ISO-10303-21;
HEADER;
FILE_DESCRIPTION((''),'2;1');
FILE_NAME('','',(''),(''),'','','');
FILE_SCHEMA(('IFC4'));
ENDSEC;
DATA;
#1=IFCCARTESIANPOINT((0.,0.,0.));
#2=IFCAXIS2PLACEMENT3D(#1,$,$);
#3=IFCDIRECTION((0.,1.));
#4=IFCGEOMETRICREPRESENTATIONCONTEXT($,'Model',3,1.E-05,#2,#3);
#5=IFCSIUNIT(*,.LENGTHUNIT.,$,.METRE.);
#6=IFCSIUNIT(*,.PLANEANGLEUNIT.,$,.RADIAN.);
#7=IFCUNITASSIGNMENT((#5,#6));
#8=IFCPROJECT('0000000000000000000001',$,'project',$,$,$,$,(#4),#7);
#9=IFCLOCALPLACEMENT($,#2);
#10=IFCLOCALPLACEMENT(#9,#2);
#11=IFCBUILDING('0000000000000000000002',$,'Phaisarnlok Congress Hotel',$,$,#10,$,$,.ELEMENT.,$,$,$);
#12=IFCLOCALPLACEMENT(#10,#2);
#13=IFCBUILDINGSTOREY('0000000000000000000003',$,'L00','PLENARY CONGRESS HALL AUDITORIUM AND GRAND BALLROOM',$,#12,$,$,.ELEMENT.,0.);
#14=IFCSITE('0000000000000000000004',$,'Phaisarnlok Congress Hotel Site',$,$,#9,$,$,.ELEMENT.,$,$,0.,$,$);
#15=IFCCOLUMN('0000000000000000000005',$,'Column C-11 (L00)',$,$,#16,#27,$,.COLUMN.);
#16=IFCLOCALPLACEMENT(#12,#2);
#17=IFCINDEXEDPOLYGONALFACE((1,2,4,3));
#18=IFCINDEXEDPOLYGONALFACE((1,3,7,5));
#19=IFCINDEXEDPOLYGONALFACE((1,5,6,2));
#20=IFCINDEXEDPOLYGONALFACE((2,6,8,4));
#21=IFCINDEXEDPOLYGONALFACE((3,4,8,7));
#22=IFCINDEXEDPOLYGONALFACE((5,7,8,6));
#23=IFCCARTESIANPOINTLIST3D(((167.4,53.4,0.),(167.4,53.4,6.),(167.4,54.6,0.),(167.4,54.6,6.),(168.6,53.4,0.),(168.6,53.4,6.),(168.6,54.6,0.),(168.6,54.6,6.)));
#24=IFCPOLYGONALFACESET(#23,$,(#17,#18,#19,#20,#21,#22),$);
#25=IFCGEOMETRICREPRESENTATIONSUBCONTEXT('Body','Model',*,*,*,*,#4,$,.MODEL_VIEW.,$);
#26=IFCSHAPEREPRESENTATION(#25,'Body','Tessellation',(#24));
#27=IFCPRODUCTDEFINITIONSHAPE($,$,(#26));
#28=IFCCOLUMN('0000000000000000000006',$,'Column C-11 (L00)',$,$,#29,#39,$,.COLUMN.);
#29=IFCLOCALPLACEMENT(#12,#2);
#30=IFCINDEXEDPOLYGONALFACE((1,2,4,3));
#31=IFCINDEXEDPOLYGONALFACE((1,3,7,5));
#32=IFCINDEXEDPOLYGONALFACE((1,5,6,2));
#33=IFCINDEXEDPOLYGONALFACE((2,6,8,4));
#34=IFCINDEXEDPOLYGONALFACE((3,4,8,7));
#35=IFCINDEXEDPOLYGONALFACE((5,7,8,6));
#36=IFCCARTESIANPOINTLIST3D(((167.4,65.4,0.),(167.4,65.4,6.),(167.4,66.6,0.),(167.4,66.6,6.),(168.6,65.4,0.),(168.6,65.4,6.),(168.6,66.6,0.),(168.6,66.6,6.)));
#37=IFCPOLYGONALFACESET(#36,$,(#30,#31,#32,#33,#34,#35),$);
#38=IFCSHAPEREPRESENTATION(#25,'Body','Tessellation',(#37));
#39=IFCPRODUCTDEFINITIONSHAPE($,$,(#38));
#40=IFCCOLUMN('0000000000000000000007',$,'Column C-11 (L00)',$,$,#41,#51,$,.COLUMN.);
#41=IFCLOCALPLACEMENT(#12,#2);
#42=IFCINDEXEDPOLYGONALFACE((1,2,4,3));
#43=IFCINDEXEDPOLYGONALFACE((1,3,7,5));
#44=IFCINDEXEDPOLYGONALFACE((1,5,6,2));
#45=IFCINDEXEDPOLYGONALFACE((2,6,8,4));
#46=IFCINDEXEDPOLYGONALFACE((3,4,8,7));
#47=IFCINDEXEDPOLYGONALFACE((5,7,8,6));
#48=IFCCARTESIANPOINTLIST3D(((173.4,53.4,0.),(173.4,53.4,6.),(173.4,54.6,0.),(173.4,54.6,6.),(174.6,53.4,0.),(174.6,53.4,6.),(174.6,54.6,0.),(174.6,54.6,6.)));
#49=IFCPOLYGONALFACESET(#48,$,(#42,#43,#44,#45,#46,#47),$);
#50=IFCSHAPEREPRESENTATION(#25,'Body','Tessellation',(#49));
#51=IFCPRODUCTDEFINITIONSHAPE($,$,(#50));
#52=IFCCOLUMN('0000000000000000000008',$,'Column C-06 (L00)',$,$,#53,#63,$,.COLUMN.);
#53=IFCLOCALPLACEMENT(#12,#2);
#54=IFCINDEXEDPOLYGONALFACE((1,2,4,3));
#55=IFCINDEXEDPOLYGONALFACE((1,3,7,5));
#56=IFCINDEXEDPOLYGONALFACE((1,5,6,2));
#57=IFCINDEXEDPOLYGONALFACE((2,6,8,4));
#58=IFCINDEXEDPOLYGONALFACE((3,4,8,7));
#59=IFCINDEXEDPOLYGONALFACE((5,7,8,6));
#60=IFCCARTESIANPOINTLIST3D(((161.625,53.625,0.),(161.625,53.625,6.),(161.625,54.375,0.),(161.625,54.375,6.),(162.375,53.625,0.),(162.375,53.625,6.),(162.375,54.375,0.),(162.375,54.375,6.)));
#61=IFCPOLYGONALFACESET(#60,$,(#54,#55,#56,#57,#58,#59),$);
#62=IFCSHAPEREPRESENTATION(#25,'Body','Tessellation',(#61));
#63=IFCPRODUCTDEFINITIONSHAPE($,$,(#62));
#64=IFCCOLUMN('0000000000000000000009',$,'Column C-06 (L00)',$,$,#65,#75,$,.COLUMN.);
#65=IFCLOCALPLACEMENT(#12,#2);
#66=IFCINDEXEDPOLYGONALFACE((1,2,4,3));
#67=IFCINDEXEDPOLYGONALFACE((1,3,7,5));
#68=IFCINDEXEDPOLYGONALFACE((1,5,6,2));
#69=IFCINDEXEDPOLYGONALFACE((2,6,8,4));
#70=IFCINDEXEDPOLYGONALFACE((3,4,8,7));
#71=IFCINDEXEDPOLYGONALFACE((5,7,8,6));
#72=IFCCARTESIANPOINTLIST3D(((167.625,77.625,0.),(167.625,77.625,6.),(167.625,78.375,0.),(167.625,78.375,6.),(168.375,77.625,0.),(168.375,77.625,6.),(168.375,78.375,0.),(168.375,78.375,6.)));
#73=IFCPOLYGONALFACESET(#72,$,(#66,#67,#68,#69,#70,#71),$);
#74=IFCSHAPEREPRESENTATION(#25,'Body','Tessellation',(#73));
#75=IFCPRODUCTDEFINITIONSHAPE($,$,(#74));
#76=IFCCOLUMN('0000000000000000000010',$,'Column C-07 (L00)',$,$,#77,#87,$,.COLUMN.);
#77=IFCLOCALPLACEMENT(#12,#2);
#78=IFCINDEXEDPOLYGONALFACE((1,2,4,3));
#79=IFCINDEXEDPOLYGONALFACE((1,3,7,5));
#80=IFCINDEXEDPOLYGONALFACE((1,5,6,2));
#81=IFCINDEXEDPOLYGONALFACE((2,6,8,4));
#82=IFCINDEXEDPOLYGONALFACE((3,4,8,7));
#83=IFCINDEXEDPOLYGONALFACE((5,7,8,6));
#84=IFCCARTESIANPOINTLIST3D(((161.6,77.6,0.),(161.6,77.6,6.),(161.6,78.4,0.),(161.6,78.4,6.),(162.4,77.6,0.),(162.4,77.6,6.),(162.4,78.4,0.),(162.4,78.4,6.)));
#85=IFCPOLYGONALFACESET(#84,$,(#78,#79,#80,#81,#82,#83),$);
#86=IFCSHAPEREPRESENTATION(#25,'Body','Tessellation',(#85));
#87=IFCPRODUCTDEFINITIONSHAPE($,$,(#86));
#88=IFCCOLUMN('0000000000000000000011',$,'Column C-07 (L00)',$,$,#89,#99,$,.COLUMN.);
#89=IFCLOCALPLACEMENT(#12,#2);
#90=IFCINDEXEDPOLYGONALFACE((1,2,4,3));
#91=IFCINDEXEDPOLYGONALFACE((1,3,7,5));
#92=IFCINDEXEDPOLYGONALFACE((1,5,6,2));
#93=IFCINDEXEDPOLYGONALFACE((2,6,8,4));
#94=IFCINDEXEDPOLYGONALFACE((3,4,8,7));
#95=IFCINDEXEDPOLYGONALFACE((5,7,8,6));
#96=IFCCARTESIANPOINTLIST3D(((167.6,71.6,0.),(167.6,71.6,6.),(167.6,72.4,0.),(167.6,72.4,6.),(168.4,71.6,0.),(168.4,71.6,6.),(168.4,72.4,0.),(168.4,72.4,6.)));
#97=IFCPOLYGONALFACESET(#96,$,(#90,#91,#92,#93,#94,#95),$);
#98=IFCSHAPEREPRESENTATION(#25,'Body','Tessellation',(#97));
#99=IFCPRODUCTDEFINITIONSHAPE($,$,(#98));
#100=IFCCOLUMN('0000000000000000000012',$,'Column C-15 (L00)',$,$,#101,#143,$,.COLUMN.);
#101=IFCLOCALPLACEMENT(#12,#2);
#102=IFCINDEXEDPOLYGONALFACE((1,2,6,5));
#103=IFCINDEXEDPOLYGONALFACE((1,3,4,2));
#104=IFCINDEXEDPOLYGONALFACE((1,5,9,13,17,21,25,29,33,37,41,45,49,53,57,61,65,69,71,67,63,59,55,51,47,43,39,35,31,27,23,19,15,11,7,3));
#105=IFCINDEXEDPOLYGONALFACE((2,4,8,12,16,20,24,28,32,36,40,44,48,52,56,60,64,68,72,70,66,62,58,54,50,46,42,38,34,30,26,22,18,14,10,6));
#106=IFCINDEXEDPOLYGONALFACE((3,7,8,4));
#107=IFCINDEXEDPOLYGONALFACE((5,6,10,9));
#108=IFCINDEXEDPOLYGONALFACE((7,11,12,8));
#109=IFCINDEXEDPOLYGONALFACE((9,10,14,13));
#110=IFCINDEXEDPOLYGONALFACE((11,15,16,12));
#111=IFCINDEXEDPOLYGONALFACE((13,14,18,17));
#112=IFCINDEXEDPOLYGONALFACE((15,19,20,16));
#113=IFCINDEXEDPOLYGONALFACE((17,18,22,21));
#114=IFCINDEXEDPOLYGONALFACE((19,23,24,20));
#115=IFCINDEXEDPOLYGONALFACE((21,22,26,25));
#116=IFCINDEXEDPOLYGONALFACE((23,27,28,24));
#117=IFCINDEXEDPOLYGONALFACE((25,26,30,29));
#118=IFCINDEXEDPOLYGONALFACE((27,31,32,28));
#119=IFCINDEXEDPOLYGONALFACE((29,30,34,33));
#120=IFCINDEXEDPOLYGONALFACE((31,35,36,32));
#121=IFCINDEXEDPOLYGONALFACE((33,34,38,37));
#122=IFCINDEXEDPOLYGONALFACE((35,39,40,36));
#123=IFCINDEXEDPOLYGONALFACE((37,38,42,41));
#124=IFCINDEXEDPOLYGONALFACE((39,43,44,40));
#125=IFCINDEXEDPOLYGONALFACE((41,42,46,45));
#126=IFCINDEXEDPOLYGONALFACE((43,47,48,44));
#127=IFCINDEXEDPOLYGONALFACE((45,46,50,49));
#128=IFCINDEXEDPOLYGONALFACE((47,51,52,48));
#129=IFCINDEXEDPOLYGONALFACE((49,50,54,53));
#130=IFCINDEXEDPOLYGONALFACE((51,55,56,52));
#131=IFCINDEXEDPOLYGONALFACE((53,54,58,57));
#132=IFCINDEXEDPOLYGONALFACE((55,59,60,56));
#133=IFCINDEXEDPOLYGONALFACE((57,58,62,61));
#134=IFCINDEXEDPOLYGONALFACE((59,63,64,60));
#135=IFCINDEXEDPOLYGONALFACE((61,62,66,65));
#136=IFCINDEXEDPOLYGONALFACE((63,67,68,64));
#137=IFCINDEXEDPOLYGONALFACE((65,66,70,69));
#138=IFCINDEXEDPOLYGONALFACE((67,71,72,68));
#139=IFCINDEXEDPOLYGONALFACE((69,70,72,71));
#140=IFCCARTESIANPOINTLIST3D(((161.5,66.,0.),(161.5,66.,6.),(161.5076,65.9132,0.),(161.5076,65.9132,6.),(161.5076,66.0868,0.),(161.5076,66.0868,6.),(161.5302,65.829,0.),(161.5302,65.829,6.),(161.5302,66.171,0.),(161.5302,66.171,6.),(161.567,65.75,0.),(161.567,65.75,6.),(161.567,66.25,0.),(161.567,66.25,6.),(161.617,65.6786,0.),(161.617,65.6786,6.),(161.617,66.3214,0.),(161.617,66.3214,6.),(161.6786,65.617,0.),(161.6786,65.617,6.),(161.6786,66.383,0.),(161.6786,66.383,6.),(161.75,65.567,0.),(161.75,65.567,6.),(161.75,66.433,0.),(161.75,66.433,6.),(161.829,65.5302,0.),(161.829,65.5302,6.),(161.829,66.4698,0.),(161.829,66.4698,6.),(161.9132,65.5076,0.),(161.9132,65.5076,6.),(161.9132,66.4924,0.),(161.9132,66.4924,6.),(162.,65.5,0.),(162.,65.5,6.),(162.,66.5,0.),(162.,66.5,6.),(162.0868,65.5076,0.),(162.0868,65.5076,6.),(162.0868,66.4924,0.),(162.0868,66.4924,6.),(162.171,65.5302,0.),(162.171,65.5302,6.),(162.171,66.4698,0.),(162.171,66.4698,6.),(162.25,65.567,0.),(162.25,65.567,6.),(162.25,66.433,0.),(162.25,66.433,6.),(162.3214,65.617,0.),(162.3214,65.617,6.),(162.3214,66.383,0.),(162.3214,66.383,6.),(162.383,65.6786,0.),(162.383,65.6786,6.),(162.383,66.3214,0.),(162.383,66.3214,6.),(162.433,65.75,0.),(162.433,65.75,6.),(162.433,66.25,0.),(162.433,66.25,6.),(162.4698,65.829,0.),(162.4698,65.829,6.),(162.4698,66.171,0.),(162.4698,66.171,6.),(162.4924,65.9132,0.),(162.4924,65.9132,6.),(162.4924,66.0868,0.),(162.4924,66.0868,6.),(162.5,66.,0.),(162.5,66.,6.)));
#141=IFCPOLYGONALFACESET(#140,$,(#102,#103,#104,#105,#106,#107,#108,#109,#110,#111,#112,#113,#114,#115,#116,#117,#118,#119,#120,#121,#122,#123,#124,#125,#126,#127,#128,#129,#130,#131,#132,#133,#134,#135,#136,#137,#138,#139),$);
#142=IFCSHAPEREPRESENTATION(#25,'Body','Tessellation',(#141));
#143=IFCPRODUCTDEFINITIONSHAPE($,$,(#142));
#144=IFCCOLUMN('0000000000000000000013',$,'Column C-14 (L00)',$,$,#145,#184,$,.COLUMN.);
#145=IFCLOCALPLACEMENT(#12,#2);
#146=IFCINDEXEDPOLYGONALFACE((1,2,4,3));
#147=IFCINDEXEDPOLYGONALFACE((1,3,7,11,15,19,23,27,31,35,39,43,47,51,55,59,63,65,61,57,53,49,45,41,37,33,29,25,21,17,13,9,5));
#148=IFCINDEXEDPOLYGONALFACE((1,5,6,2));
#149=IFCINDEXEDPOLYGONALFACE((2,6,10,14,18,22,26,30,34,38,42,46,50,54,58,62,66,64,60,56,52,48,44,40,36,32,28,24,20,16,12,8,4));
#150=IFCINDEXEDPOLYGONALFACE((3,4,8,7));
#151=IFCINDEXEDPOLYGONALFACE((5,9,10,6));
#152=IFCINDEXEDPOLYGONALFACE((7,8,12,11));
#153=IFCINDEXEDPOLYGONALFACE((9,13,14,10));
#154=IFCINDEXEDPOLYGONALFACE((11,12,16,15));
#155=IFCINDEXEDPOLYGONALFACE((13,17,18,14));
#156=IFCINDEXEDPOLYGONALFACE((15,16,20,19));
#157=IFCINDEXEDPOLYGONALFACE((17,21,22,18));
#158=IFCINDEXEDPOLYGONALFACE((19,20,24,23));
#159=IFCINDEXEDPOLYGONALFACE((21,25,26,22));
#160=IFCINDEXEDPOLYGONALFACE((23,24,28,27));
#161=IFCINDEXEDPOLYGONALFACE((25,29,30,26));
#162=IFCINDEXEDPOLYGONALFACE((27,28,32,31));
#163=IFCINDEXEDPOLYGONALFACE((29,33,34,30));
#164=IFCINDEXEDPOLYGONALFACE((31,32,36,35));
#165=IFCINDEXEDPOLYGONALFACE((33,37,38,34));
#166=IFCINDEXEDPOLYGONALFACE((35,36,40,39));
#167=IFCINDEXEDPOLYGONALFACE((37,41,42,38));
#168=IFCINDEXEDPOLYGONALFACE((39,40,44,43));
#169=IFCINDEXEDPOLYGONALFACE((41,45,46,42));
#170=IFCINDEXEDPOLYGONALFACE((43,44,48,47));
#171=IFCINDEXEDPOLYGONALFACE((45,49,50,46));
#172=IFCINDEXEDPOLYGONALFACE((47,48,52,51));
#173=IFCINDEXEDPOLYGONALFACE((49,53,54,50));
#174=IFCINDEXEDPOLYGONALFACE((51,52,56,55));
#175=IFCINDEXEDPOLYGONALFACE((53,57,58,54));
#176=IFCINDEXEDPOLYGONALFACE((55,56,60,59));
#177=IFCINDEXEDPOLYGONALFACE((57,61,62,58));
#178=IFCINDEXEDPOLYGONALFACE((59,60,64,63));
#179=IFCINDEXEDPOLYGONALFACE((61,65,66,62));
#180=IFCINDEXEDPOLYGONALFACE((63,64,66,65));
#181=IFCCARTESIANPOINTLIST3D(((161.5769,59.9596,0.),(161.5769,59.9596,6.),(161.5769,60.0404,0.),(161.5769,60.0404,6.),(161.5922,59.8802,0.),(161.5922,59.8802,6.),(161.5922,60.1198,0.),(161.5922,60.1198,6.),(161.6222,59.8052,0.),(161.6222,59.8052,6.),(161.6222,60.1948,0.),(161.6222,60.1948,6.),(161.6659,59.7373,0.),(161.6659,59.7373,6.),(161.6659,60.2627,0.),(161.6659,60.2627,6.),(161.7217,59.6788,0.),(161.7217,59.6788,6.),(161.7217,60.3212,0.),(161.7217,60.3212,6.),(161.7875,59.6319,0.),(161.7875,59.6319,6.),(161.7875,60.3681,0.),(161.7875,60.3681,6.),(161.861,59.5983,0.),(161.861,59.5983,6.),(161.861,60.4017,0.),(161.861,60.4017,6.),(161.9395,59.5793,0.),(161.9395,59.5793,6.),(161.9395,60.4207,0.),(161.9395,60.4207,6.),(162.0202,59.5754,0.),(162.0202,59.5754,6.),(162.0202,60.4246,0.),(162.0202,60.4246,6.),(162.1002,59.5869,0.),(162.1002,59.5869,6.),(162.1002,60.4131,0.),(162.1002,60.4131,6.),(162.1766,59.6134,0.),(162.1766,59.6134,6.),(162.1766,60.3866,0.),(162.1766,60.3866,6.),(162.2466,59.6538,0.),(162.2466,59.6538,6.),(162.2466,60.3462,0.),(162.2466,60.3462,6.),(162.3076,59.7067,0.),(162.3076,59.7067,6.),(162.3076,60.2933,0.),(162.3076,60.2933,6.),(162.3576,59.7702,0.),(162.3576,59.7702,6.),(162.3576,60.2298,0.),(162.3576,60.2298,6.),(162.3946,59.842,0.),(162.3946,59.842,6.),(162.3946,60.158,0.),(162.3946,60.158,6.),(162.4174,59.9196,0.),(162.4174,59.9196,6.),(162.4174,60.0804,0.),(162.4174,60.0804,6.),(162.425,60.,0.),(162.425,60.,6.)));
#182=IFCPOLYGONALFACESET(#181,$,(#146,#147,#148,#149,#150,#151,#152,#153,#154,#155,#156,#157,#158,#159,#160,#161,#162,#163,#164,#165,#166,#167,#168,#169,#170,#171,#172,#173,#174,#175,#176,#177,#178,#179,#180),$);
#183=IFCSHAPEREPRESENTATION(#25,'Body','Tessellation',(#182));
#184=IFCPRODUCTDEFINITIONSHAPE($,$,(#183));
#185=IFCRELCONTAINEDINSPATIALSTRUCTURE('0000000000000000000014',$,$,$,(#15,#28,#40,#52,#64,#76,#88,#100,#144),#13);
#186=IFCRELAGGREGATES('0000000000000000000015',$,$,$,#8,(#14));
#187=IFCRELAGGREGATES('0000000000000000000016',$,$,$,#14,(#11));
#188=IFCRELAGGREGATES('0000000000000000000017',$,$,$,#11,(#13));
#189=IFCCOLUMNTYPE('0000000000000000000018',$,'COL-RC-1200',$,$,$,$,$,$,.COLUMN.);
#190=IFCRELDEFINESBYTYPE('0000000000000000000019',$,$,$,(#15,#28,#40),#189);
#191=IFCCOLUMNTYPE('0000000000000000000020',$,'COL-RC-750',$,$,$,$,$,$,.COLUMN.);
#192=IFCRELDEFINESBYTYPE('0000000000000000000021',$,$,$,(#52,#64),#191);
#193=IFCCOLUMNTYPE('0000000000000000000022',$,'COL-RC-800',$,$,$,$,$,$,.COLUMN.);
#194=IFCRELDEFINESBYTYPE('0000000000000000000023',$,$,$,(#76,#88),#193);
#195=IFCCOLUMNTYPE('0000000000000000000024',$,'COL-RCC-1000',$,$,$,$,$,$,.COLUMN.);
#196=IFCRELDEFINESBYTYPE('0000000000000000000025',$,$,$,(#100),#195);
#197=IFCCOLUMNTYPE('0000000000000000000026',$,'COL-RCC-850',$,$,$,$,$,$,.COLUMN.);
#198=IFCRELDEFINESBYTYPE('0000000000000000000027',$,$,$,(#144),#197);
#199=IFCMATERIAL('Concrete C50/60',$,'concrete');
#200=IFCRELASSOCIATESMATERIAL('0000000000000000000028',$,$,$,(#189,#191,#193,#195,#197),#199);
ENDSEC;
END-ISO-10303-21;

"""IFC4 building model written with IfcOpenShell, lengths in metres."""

from ifc_helpers import new_model, si_unit, direction, frame, origin, origin_2d, place, context, subcontext, project, spatial, rectangle, circle, extrude, material, material_profile, profile_set, type_object, element, save


model = new_model("IFC4")

# Units and contexts
model_context = context("Model", 3, precision=1e-05, world=origin(), true_north=direction((0.0, 1.0)))
body_context = subcontext(model_context, "Body", "Model", "MODEL_VIEW")
ifc_project = project(units=[si_unit("LENGTHUNIT", "METRE"), si_unit("PLANEANGLEUNIT", "RADIAN")], contexts=[model_context])

# Site, building, storey
site_placement = place(None, origin())
site = spatial("IfcSite", under=ifc_project, at=site_placement, Name="Phaisarnlok Congress Hotel Site", CompositionType="ELEMENT", RefElevation=0.0)
building_placement = place(site_placement, origin())
building = spatial("IfcBuilding", under=site, at=building_placement, Name="Phaisarnlok Congress Hotel", CompositionType="ELEMENT")
storey_placement = place(building_placement, origin())
storey = spatial("IfcBuildingStorey", under=building, at=storey_placement, Name="L00", Description="PLENARY CONGRESS HALL AUDITORIUM AND GRAND BALLROOM", CompositionType="ELEMENT", Elevation=0.0)

# Columns
ifc_material_1 = material(Name="Concrete C50/60", Category="concrete")
ifc_material_profile_1 = material_profile(ifc_material_1, rectangle(XDim=1.2, YDim=1.2, at=origin_2d()), Name="RC 1200x1200")
ifc_profile_set_1 = profile_set([ifc_material_profile_1], Name="Concrete C50/60")
column_type_1 = type_object("IfcColumnType", Name="COL-RC-1200", PredefinedType="COLUMN", material=ifc_profile_set_1)
for number, where, z_axis, x_axis, name in (
    (1, (168.0, 54.0, 0.0), (0.0, 0.0, 1.0), (1.0, 0.0, 0.0), "Column C-11 (L00)"),
    (2, (168.0, 66.0, 0.0), (0.0, 0.0, 1.0), (1.0, 0.0, 0.0), "Column C-11 (L00)"),
    (3, (174.0, 54.0, 0.0), (0.0, 0.0, 1.0), (1.0, 0.0, 0.0), "Column C-11 (L00)"),
):
    element("IfcColumn", number, at=place(storey_placement, frame(where, z_axis=z_axis, x_axis=x_axis)), inside=storey, type_object=column_type_1, Name=name, PredefinedType="COLUMN", context=body_context, shape_type="SweptSolid", body=[
        extrude(rectangle(XDim=1.2, YDim=1.2, at=origin_2d()), origin(), (0.0, 0.0, 1.0), 6.0),
    ])
ifc_material_profile_2 = material_profile(ifc_material_1, rectangle(XDim=0.75, YDim=0.75, at=origin_2d()), Name="RC 750x750")
ifc_profile_set_2 = profile_set([ifc_material_profile_2], Name="Concrete C50/60")
column_type_2 = type_object("IfcColumnType", Name="COL-RC-750", PredefinedType="COLUMN", material=ifc_profile_set_2)
for number, where, z_axis, x_axis, name in (
    (4, (162.0, 54.0, 0.0), (0.0, 0.0, 1.0), (1.0, 0.0, 0.0), "Column C-06 (L00)"),
    (5, (168.0, 78.0, 0.0), (0.0, 0.0, 1.0), (1.0, 0.0, 0.0), "Column C-06 (L00)"),
):
    element("IfcColumn", number, at=place(storey_placement, frame(where, z_axis=z_axis, x_axis=x_axis)), inside=storey, type_object=column_type_2, Name=name, PredefinedType="COLUMN", context=body_context, shape_type="SweptSolid", body=[
        extrude(rectangle(XDim=0.75, YDim=0.75, at=origin_2d()), origin(), (0.0, 0.0, 1.0), 6.0),
    ])
ifc_material_profile_3 = material_profile(ifc_material_1, rectangle(XDim=0.8, YDim=0.8, at=origin_2d()), Name="RC 800x800")
ifc_profile_set_3 = profile_set([ifc_material_profile_3], Name="Concrete C50/60")
column_type_3 = type_object("IfcColumnType", Name="COL-RC-800", PredefinedType="COLUMN", material=ifc_profile_set_3)
for number, where, z_axis, x_axis, name in (
    (6, (162.0, 78.0, 0.0), (0.0, 0.0, 1.0), (1.0, 0.0, 0.0), "Column C-07 (L00)"),
    (7, (168.0, 72.0, 0.0), (0.0, 0.0, 1.0), (1.0, 0.0, 0.0), "Column C-07 (L00)"),
):
    element("IfcColumn", number, at=place(storey_placement, frame(where, z_axis=z_axis, x_axis=x_axis)), inside=storey, type_object=column_type_3, Name=name, PredefinedType="COLUMN", context=body_context, shape_type="SweptSolid", body=[
        extrude(rectangle(XDim=0.8, YDim=0.8, at=origin_2d()), origin(), (0.0, 0.0, 1.0), 6.0),
    ])
ifc_material_profile_4 = material_profile(ifc_material_1, circle(Radius=0.5, at=origin_2d()), Name="RCC D1000")
ifc_profile_set_4 = profile_set([ifc_material_profile_4], Name="Concrete C50/60")
column_type_4 = type_object("IfcColumnType", Name="COL-RCC-1000", PredefinedType="COLUMN", material=ifc_profile_set_4)
column_1_placement = place(storey_placement, frame((162.0, 66.0, 0.0), z_axis=(0.0, 0.0, 1.0), x_axis=(1.0, 0.0, 0.0)))
element("IfcColumn", 8, at=column_1_placement, inside=storey, type_object=column_type_4, Name="Column C-15 (L00)", PredefinedType="COLUMN", context=body_context, shape_type="SweptSolid", body=[
    extrude(circle(Radius=0.5, at=origin_2d()), origin(), (0.0, 0.0, 1.0), 6.0),
])
ifc_material_profile_5 = material_profile(ifc_material_1, circle(Radius=0.425, at=origin_2d()), Name="RCC D850")
ifc_profile_set_5 = profile_set([ifc_material_profile_5], Name="Concrete C50/60")
column_type_5 = type_object("IfcColumnType", Name="COL-RCC-850", PredefinedType="COLUMN", material=ifc_profile_set_5)
column_2_placement = place(storey_placement, frame((162.0, 60.0, 0.0), z_axis=(0.0, 0.0, 1.0), x_axis=(1.0, 0.0, 0.0)))
element("IfcColumn", 9, at=column_2_placement, inside=storey, type_object=column_type_5, Name="Column C-14 (L00)", PredefinedType="COLUMN", context=body_context, shape_type="SweptSolid", body=[
    extrude(circle(Radius=0.425, at=origin_2d()), origin(), (0.0, 0.0, 1.0), 6.0),
])

save(model, "model.ifc")
